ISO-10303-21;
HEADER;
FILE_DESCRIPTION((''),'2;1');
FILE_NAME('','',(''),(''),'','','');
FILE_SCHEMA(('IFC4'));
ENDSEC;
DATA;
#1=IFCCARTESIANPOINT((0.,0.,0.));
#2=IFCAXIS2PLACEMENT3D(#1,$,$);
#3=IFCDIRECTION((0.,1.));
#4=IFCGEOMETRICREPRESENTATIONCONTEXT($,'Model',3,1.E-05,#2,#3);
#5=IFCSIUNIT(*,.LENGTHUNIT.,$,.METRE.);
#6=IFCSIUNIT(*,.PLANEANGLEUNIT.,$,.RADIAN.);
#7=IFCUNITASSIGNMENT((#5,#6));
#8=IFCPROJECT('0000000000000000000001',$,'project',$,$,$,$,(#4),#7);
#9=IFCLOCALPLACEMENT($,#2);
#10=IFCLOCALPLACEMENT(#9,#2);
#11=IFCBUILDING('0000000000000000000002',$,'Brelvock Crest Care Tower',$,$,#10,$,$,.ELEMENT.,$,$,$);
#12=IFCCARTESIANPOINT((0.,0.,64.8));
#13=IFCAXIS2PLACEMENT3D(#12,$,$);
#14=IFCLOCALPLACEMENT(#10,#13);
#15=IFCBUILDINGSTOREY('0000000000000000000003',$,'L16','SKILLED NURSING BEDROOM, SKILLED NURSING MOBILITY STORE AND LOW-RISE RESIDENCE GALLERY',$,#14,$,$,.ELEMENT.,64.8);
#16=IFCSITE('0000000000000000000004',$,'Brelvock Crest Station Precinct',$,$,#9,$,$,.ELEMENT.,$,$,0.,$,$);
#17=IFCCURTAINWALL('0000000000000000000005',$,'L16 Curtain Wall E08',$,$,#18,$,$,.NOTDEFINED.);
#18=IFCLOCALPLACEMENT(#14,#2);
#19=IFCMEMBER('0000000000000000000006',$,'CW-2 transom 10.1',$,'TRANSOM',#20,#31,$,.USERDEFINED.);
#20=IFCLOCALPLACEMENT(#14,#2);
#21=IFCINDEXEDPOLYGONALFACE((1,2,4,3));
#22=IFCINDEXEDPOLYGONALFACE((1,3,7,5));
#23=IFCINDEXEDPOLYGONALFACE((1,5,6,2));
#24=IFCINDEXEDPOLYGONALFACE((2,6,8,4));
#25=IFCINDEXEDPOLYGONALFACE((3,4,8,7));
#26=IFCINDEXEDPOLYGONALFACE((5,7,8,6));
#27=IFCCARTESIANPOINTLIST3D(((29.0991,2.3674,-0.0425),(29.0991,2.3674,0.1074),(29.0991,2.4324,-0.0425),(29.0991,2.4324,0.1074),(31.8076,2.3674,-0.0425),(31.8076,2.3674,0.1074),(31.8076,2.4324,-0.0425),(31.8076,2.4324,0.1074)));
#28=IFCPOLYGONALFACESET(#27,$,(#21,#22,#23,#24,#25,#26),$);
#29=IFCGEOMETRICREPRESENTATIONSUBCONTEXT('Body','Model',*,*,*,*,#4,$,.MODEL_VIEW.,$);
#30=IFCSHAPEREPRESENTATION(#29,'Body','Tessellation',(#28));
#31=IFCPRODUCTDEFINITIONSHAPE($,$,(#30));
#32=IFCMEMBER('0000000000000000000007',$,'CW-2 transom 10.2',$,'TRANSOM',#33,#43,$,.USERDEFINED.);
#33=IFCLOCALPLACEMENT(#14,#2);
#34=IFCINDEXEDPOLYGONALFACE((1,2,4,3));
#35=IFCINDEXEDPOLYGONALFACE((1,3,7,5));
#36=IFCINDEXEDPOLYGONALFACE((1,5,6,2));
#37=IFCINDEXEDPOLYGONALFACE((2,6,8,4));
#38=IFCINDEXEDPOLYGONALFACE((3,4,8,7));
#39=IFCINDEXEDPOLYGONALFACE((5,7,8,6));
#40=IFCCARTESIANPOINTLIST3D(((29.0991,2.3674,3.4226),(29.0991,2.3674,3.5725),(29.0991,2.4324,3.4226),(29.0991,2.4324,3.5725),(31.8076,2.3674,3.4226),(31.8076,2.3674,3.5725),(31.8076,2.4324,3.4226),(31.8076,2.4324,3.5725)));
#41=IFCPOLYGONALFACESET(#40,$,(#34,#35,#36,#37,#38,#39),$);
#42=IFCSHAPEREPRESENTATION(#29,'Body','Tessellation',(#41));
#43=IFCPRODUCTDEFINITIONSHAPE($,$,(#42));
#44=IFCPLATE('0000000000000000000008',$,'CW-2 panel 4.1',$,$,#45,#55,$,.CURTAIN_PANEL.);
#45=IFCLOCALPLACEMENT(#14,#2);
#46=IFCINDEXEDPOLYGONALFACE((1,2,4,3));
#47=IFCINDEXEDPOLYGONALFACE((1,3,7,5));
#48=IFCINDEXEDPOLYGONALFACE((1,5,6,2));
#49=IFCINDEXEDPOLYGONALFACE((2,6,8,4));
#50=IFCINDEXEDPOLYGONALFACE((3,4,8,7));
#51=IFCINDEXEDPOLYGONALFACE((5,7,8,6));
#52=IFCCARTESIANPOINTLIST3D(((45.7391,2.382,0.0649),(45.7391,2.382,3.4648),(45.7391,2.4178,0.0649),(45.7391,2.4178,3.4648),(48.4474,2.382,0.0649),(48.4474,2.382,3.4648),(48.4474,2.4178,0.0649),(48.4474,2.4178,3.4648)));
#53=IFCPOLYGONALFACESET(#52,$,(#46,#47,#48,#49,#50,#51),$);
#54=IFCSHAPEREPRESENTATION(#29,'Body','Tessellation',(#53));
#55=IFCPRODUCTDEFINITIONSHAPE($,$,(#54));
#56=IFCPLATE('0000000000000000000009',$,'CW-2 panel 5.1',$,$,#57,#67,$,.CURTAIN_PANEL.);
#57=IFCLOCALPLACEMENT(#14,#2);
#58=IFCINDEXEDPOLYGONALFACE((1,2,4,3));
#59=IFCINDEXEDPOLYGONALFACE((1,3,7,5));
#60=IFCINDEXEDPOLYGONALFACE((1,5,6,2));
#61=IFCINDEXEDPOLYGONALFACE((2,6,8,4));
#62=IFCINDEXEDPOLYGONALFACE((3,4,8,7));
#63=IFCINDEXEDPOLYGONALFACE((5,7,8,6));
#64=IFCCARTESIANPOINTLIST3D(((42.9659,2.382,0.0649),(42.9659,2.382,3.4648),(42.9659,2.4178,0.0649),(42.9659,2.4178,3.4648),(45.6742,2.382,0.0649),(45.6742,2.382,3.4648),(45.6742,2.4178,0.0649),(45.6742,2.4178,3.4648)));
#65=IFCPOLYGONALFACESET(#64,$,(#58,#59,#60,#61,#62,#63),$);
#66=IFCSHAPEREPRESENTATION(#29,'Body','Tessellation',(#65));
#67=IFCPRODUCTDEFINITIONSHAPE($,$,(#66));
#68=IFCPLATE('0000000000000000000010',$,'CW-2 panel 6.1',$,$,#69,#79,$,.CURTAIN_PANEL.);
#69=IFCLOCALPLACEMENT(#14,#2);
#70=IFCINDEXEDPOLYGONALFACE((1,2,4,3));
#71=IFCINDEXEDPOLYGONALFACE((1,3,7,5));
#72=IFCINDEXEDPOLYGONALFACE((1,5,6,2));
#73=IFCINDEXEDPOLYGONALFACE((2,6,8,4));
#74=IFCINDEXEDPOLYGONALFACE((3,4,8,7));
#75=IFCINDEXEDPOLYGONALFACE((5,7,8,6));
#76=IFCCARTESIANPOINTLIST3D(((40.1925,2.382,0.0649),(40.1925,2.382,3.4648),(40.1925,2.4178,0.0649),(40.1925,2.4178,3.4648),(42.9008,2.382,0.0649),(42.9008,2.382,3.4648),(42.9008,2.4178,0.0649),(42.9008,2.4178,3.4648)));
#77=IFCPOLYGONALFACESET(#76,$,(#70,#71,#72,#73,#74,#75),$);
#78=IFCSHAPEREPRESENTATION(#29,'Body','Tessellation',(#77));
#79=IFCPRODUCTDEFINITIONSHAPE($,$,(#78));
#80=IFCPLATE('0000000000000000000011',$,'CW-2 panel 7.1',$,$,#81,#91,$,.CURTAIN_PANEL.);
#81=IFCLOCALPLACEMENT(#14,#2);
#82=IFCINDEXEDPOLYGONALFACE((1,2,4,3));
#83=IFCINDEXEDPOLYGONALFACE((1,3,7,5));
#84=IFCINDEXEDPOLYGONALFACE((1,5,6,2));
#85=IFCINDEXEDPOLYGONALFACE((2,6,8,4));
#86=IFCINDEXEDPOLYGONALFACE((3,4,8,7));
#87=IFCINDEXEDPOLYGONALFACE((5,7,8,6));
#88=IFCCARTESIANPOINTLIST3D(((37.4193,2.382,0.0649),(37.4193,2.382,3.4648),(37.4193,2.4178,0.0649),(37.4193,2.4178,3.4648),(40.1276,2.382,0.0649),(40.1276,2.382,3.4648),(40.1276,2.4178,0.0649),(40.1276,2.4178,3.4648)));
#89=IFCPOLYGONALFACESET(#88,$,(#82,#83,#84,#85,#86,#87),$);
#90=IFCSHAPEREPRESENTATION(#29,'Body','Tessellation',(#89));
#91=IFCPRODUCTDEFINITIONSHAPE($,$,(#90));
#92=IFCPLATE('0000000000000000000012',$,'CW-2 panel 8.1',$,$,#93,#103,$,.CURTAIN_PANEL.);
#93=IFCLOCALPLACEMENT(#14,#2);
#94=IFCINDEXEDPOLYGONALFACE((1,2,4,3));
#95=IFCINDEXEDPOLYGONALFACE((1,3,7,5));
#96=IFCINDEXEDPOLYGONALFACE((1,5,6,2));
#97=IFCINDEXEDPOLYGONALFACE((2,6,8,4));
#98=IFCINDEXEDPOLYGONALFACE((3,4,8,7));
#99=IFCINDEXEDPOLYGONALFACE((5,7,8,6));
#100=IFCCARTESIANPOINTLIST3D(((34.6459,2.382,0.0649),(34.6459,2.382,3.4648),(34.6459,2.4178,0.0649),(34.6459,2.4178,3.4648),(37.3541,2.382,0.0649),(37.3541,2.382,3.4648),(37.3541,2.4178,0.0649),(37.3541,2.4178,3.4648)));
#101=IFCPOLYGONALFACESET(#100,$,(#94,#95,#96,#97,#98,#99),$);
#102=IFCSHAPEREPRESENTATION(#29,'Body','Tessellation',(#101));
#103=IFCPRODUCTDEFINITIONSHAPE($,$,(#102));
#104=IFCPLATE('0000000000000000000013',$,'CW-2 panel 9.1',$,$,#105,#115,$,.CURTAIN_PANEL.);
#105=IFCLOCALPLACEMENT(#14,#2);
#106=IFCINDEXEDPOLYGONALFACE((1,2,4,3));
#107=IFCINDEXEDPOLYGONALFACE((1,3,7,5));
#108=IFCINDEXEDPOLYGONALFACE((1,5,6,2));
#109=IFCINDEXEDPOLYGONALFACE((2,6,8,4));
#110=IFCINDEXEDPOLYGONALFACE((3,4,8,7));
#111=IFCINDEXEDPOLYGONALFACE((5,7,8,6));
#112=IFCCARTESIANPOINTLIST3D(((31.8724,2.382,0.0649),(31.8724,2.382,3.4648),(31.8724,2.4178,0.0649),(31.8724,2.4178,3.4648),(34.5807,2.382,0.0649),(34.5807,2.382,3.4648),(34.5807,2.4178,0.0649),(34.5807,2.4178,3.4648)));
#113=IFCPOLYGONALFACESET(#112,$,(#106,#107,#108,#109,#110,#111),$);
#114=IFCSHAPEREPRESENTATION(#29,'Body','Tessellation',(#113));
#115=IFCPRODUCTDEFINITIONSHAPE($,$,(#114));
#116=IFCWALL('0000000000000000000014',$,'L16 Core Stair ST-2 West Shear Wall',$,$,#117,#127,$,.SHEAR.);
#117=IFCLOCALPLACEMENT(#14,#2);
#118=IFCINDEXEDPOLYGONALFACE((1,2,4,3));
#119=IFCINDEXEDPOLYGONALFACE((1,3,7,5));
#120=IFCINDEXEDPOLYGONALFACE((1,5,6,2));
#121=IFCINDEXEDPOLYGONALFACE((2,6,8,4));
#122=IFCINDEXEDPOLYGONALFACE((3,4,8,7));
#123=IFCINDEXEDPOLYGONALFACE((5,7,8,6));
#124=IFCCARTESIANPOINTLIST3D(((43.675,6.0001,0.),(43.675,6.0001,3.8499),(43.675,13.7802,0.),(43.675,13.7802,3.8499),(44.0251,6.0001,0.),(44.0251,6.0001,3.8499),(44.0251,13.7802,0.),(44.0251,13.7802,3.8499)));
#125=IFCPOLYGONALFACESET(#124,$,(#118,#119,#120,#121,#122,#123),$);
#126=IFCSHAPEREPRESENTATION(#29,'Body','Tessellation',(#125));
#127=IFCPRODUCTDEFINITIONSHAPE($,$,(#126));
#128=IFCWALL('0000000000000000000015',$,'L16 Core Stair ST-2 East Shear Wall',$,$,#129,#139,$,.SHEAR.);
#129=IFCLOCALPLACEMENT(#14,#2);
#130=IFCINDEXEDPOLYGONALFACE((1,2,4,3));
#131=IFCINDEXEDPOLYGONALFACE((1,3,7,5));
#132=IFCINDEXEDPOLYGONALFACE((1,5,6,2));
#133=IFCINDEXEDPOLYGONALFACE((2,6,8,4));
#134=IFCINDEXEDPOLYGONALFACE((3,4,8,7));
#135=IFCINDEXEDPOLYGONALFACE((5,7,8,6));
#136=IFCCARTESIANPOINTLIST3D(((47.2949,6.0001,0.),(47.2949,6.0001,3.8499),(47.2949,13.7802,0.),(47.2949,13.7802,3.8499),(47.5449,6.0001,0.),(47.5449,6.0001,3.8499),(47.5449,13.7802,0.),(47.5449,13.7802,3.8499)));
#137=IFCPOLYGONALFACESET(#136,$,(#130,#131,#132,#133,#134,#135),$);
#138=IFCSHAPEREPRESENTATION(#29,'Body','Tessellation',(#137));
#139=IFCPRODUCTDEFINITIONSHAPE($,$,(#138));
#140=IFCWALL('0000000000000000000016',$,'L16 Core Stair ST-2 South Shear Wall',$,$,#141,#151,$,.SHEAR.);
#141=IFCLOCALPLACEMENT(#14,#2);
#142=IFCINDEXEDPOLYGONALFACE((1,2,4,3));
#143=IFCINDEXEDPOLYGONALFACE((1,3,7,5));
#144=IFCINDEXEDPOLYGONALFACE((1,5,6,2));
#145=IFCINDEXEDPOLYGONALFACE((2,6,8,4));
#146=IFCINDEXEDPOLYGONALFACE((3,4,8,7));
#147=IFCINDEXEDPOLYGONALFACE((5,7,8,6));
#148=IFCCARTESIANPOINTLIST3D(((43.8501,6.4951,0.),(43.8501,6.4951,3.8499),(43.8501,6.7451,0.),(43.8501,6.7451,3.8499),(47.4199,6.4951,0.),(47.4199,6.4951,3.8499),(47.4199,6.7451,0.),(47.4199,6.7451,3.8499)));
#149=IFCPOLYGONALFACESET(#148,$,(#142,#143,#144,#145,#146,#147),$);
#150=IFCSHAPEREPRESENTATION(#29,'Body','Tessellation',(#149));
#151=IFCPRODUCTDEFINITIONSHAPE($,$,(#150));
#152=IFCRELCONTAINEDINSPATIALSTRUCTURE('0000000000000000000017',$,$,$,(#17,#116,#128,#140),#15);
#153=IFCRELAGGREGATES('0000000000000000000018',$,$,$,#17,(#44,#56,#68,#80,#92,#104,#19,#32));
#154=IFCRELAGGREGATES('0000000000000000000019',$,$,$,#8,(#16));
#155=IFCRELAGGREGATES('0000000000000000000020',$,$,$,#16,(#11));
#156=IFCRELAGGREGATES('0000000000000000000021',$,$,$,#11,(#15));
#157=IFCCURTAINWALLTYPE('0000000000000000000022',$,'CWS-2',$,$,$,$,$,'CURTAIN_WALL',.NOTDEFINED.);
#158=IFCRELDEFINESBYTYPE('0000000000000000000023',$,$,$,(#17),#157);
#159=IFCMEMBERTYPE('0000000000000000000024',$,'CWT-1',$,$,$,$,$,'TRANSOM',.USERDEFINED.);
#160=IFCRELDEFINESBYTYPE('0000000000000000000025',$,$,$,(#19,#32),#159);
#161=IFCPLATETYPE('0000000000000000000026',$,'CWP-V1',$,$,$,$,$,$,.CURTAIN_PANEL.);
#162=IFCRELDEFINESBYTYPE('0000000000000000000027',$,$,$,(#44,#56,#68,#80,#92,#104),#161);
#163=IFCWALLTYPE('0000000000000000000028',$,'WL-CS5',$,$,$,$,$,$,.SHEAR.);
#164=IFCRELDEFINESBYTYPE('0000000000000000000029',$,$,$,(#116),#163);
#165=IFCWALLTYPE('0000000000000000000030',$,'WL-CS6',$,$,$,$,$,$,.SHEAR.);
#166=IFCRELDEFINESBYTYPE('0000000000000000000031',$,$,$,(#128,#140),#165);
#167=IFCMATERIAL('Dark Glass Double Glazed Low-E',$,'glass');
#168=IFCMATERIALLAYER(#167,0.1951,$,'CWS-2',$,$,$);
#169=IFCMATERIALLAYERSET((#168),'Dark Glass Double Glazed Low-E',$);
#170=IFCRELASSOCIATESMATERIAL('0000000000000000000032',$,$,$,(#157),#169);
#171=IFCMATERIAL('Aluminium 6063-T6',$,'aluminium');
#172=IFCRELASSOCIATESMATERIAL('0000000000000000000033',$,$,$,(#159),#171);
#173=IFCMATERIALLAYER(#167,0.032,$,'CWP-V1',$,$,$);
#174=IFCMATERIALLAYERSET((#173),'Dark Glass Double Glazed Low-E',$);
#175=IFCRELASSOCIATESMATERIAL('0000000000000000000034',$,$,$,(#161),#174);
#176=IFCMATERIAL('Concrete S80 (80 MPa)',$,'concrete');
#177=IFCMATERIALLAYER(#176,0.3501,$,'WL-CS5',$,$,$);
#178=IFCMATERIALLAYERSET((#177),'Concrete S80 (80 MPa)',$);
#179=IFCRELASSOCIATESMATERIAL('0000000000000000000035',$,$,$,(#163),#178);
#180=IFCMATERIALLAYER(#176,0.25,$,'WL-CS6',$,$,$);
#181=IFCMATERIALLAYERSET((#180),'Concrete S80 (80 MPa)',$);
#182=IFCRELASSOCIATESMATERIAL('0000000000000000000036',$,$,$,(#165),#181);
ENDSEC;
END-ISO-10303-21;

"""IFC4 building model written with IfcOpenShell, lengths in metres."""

from ifc_helpers import new_model, si_unit, direction, frame, frame_2d, origin, origin_2d, place, context, subcontext, project, spatial, rectangle, extrude, source, transform, mapped, material, layer, layer_set, material_profile, profile_set, type_object, element, aggregate, save


model = new_model("IFC4")

# Units and contexts
model_context = context("Model", 3, precision=1e-05, world=origin(), true_north=direction((0.0, 1.0)))
body_context = subcontext(model_context, "Body", "Model", "MODEL_VIEW")
ifc_project = project(units=[si_unit("LENGTHUNIT", "METRE"), si_unit("PLANEANGLEUNIT", "RADIAN")], contexts=[model_context])

# Site, building, storey
site_placement = place(None, origin())
site = spatial("IfcSite", under=ifc_project, at=site_placement, Name="Brelvock Crest Station Precinct", CompositionType="ELEMENT", RefElevation=0.0)
building_placement = place(site_placement, origin())
building = spatial("IfcBuilding", under=site, at=building_placement, Name="Brelvock Crest Care Tower", CompositionType="ELEMENT")
storey_placement = place(building_placement, frame((0.0, 0.0, 64.8)))
storey = spatial("IfcBuildingStorey", under=building, at=storey_placement, Name="L16", Description="SKILLED NURSING BEDROOM, SKILLED NURSING MOBILITY STORE AND LOW-RISE RESIDENCE GALLERY", CompositionType="ELEMENT", Elevation=64.8)

# Shared definitions
ifc_material_1 = material(Name="Concrete S80 (80 MPa)", Category="concrete")

# Curtain wall, members, plates
ifc_material_2 = material(Name="Dark Glass Double Glazed Low-E", Category="glass")
ifc_layer_1 = layer(ifc_material_2, 0.1951, Name="CWS-2")
ifc_layer_set_1 = layer_set([ifc_layer_1], Name="Dark Glass Double Glazed Low-E")
curtain_wall_type = type_object("IfcCurtainWallType", Name="CWS-2", ElementType="CURTAIN_WALL", PredefinedType="NOTDEFINED", material=ifc_layer_set_1)
curtain_wall_placement = place(storey_placement, origin())
curtain_wall = element("IfcCurtainWall", 1, at=curtain_wall_placement, inside=storey, type_object=curtain_wall_type, Name="L16 Curtain Wall E08", PredefinedType="NOTDEFINED")
ifc_material_3 = material(Name="Aluminium 6063-T6", Category="aluminium")
ifc_material_profile_1 = material_profile(ifc_material_3, rectangle(XDim=0.0649, YDim=0.1499, at=origin_2d()), Name="ALU65x150")
ifc_profile_set_1 = profile_set([ifc_material_profile_1], Name="Aluminium 6063-T6")
member_type_1 = type_object("IfcMemberType", Name="CWT-1", ElementType="TRANSOM", PredefinedType="USERDEFINED", material=ifc_profile_set_1)
shared_shape_1 = source(origin(), body_context, "Body", "SweptSolid", [
    extrude(rectangle(XDim=0.0649, YDim=0.1499, at=origin_2d()), origin(), (0.0, 0.0, 1.0), 2.7085),
])
member_1_placement = place(storey_placement, frame((31.8076, 2.3999, 0.0325), z_axis=(-1.0, 0.0, 0.0), x_axis=(0.0, -1.0, 0.0)))
member_1 = element("IfcMember", 2, at=member_1_placement, type_object=member_type_1, Name="CW-2 transom 10.1", ObjectType="TRANSOM", PredefinedType="USERDEFINED", context=body_context, shape_type="MappedRepresentation", body=[
    mapped(shared_shape_1, transform((0.0, 0.0, 0.0), x_axis=(1.0, 0.0, 0.0), y_axis=(0.0, 1.0, 0.0), z_axis=(0.0, 0.0, 1.0), scale=1.0)),
])
member_2_placement = place(storey_placement, frame((31.8076, 2.3999, 3.4976), z_axis=(-1.0, 0.0, 0.0), x_axis=(0.0, -1.0, 0.0)))
member_2 = element("IfcMember", 3, at=member_2_placement, type_object=member_type_1, Name="CW-2 transom 10.2", ObjectType="TRANSOM", PredefinedType="USERDEFINED", context=body_context, shape_type="MappedRepresentation", body=[
    mapped(shared_shape_1, transform((0.0, 0.0, 0.0), x_axis=(1.0, 0.0, 0.0), y_axis=(0.0, 1.0, 0.0), z_axis=(0.0, 0.0, 1.0), scale=1.0)),
])
ifc_layer_2 = layer(ifc_material_2, 0.032, Name="CWP-V1")
ifc_layer_set_2 = layer_set([ifc_layer_2], Name="Dark Glass Double Glazed Low-E")
plate_type = type_object("IfcPlateType", Name="CWP-V1", PredefinedType="CURTAIN_PANEL", material=ifc_layer_set_2)
shared_shape_2 = source(origin(), body_context, "Body", "SweptSolid", [
    extrude(rectangle(XDim=2.7083, YDim=0.0359, at=origin_2d()), origin(), (0.0, 0.0, 1.0), 3.3999),
])
plate_1_placement = place(storey_placement, frame((47.0933, 2.3999, 0.0649), z_axis=(0.0, 0.0, 1.0), x_axis=(-1.0, 0.0, 0.0)))
plate_1 = element("IfcPlate", 4, at=plate_1_placement, type_object=plate_type, Name="CW-2 panel 4.1", PredefinedType="CURTAIN_PANEL", context=body_context, shape_type="MappedRepresentation", body=[
    mapped(shared_shape_2, transform((0.0, 0.0, 0.0), x_axis=(1.0, 0.0, 0.0), y_axis=(0.0, 1.0, 0.0), z_axis=(0.0, 0.0, 1.0), scale=1.0)),
])
plate_2_placement = place(storey_placement, frame((44.3201, 2.3999, 0.0649), z_axis=(0.0, 0.0, 1.0), x_axis=(-1.0, 0.0, 0.0)))
plate_2 = element("IfcPlate", 5, at=plate_2_placement, type_object=plate_type, Name="CW-2 panel 5.1", PredefinedType="CURTAIN_PANEL", context=body_context, shape_type="MappedRepresentation", body=[
    mapped(shared_shape_2, transform((0.0, 0.0, 0.0), x_axis=(1.0, 0.0, 0.0), y_axis=(0.0, 1.0, 0.0), z_axis=(0.0, 0.0, 1.0), scale=1.0)),
])
plate_3_placement = place(storey_placement, frame((41.5466, 2.3999, 0.0649), z_axis=(0.0, 0.0, 1.0), x_axis=(-1.0, 0.0, 0.0)))
plate_3 = element("IfcPlate", 6, at=plate_3_placement, type_object=plate_type, Name="CW-2 panel 6.1", PredefinedType="CURTAIN_PANEL", context=body_context, shape_type="MappedRepresentation", body=[
    mapped(shared_shape_2, transform((0.0, 0.0, 0.0), x_axis=(1.0, 0.0, 0.0), y_axis=(0.0, 1.0, 0.0), z_axis=(0.0, 0.0, 1.0), scale=1.0)),
])
plate_4_placement = place(storey_placement, frame((38.7734, 2.3999, 0.0649), z_axis=(0.0, 0.0, 1.0), x_axis=(-1.0, 0.0, 0.0)))
plate_4 = element("IfcPlate", 7, at=plate_4_placement, type_object=plate_type, Name="CW-2 panel 7.1", PredefinedType="CURTAIN_PANEL", context=body_context, shape_type="MappedRepresentation", body=[
    mapped(shared_shape_2, transform((0.0, 0.0, 0.0), x_axis=(1.0, 0.0, 0.0), y_axis=(0.0, 1.0, 0.0), z_axis=(0.0, 0.0, 1.0), scale=1.0)),
])
plate_5_placement = place(storey_placement, frame((36.0, 2.3999, 0.0649), z_axis=(0.0, 0.0, 1.0), x_axis=(-1.0, 0.0, 0.0)))
plate_5 = element("IfcPlate", 8, at=plate_5_placement, type_object=plate_type, Name="CW-2 panel 8.1", PredefinedType="CURTAIN_PANEL", context=body_context, shape_type="MappedRepresentation", body=[
    mapped(shared_shape_2, transform((0.0, 0.0, 0.0), x_axis=(1.0, 0.0, 0.0), y_axis=(0.0, 1.0, 0.0), z_axis=(0.0, 0.0, 1.0), scale=1.0)),
])
plate_6_placement = place(storey_placement, frame((33.2266, 2.3999, 0.0649), z_axis=(0.0, 0.0, 1.0), x_axis=(-1.0, 0.0, 0.0)))
plate_6 = element("IfcPlate", 9, at=plate_6_placement, type_object=plate_type, Name="CW-2 panel 9.1", PredefinedType="CURTAIN_PANEL", context=body_context, shape_type="MappedRepresentation", body=[
    mapped(shared_shape_2, transform((0.0, 0.0, 0.0), x_axis=(1.0, 0.0, 0.0), y_axis=(0.0, 1.0, 0.0), z_axis=(0.0, 0.0, 1.0), scale=1.0)),
])
aggregate(curtain_wall, [plate_1, plate_2, plate_3, plate_4, plate_5, plate_6, member_1, member_2])

# Walls
ifc_layer_3 = layer(ifc_material_1, 0.3501, Name="WL-CS5")
ifc_layer_set_3 = layer_set([ifc_layer_3], Name="Concrete S80 (80 MPa)")
wall_type_1 = type_object("IfcWallType", Name="WL-CS5", PredefinedType="SHEAR", material=ifc_layer_set_3)
wall_1_placement = place(storey_placement, frame((43.8501, 6.0, 0.0), z_axis=(0.0, 0.0, 1.0), x_axis=(0.0, 1.0, 0.0)))
element("IfcWall", 10, at=wall_1_placement, inside=storey, type_object=wall_type_1, Name="L16 Core Stair ST-2 West Shear Wall", PredefinedType="SHEAR", context=body_context, shape_type="SweptSolid", body=[
    extrude(rectangle(XDim=7.78, YDim=0.3501, at=frame_2d((3.8901, 0.0))), origin(), (0.0, 0.0, 1.0), 3.8499),
])
ifc_layer_4 = layer(ifc_material_1, 0.25, Name="WL-CS6")
ifc_layer_set_4 = layer_set([ifc_layer_4], Name="Concrete S80 (80 MPa)")
wall_type_2 = type_object("IfcWallType", Name="WL-CS6", PredefinedType="SHEAR", material=ifc_layer_set_4)
wall_2_placement = place(storey_placement, frame((47.4199, 6.0, 0.0), z_axis=(0.0, 0.0, 1.0), x_axis=(0.0, 1.0, 0.0)))
element("IfcWall", 11, at=wall_2_placement, inside=storey, type_object=wall_type_2, Name="L16 Core Stair ST-2 East Shear Wall", PredefinedType="SHEAR", context=body_context, shape_type="SweptSolid", body=[
    extrude(rectangle(XDim=7.78, YDim=0.25, at=frame_2d((3.8901, 0.0))), origin(), (0.0, 0.0, 1.0), 3.8499),
])
wall_3_placement = place(storey_placement, frame((43.8501, 6.6201, 0.0), z_axis=(0.0, 0.0, 1.0), x_axis=(1.0, 0.0, 0.0)))
element("IfcWall", 12, at=wall_3_placement, inside=storey, type_object=wall_type_2, Name="L16 Core Stair ST-2 South Shear Wall", PredefinedType="SHEAR", context=body_context, shape_type="SweptSolid", body=[
    extrude(rectangle(XDim=3.5698, YDim=0.25, at=frame_2d((1.7849, 0.0))), origin(), (0.0, 0.0, 1.0), 3.8499),
])

save(model, "model.ifc")
